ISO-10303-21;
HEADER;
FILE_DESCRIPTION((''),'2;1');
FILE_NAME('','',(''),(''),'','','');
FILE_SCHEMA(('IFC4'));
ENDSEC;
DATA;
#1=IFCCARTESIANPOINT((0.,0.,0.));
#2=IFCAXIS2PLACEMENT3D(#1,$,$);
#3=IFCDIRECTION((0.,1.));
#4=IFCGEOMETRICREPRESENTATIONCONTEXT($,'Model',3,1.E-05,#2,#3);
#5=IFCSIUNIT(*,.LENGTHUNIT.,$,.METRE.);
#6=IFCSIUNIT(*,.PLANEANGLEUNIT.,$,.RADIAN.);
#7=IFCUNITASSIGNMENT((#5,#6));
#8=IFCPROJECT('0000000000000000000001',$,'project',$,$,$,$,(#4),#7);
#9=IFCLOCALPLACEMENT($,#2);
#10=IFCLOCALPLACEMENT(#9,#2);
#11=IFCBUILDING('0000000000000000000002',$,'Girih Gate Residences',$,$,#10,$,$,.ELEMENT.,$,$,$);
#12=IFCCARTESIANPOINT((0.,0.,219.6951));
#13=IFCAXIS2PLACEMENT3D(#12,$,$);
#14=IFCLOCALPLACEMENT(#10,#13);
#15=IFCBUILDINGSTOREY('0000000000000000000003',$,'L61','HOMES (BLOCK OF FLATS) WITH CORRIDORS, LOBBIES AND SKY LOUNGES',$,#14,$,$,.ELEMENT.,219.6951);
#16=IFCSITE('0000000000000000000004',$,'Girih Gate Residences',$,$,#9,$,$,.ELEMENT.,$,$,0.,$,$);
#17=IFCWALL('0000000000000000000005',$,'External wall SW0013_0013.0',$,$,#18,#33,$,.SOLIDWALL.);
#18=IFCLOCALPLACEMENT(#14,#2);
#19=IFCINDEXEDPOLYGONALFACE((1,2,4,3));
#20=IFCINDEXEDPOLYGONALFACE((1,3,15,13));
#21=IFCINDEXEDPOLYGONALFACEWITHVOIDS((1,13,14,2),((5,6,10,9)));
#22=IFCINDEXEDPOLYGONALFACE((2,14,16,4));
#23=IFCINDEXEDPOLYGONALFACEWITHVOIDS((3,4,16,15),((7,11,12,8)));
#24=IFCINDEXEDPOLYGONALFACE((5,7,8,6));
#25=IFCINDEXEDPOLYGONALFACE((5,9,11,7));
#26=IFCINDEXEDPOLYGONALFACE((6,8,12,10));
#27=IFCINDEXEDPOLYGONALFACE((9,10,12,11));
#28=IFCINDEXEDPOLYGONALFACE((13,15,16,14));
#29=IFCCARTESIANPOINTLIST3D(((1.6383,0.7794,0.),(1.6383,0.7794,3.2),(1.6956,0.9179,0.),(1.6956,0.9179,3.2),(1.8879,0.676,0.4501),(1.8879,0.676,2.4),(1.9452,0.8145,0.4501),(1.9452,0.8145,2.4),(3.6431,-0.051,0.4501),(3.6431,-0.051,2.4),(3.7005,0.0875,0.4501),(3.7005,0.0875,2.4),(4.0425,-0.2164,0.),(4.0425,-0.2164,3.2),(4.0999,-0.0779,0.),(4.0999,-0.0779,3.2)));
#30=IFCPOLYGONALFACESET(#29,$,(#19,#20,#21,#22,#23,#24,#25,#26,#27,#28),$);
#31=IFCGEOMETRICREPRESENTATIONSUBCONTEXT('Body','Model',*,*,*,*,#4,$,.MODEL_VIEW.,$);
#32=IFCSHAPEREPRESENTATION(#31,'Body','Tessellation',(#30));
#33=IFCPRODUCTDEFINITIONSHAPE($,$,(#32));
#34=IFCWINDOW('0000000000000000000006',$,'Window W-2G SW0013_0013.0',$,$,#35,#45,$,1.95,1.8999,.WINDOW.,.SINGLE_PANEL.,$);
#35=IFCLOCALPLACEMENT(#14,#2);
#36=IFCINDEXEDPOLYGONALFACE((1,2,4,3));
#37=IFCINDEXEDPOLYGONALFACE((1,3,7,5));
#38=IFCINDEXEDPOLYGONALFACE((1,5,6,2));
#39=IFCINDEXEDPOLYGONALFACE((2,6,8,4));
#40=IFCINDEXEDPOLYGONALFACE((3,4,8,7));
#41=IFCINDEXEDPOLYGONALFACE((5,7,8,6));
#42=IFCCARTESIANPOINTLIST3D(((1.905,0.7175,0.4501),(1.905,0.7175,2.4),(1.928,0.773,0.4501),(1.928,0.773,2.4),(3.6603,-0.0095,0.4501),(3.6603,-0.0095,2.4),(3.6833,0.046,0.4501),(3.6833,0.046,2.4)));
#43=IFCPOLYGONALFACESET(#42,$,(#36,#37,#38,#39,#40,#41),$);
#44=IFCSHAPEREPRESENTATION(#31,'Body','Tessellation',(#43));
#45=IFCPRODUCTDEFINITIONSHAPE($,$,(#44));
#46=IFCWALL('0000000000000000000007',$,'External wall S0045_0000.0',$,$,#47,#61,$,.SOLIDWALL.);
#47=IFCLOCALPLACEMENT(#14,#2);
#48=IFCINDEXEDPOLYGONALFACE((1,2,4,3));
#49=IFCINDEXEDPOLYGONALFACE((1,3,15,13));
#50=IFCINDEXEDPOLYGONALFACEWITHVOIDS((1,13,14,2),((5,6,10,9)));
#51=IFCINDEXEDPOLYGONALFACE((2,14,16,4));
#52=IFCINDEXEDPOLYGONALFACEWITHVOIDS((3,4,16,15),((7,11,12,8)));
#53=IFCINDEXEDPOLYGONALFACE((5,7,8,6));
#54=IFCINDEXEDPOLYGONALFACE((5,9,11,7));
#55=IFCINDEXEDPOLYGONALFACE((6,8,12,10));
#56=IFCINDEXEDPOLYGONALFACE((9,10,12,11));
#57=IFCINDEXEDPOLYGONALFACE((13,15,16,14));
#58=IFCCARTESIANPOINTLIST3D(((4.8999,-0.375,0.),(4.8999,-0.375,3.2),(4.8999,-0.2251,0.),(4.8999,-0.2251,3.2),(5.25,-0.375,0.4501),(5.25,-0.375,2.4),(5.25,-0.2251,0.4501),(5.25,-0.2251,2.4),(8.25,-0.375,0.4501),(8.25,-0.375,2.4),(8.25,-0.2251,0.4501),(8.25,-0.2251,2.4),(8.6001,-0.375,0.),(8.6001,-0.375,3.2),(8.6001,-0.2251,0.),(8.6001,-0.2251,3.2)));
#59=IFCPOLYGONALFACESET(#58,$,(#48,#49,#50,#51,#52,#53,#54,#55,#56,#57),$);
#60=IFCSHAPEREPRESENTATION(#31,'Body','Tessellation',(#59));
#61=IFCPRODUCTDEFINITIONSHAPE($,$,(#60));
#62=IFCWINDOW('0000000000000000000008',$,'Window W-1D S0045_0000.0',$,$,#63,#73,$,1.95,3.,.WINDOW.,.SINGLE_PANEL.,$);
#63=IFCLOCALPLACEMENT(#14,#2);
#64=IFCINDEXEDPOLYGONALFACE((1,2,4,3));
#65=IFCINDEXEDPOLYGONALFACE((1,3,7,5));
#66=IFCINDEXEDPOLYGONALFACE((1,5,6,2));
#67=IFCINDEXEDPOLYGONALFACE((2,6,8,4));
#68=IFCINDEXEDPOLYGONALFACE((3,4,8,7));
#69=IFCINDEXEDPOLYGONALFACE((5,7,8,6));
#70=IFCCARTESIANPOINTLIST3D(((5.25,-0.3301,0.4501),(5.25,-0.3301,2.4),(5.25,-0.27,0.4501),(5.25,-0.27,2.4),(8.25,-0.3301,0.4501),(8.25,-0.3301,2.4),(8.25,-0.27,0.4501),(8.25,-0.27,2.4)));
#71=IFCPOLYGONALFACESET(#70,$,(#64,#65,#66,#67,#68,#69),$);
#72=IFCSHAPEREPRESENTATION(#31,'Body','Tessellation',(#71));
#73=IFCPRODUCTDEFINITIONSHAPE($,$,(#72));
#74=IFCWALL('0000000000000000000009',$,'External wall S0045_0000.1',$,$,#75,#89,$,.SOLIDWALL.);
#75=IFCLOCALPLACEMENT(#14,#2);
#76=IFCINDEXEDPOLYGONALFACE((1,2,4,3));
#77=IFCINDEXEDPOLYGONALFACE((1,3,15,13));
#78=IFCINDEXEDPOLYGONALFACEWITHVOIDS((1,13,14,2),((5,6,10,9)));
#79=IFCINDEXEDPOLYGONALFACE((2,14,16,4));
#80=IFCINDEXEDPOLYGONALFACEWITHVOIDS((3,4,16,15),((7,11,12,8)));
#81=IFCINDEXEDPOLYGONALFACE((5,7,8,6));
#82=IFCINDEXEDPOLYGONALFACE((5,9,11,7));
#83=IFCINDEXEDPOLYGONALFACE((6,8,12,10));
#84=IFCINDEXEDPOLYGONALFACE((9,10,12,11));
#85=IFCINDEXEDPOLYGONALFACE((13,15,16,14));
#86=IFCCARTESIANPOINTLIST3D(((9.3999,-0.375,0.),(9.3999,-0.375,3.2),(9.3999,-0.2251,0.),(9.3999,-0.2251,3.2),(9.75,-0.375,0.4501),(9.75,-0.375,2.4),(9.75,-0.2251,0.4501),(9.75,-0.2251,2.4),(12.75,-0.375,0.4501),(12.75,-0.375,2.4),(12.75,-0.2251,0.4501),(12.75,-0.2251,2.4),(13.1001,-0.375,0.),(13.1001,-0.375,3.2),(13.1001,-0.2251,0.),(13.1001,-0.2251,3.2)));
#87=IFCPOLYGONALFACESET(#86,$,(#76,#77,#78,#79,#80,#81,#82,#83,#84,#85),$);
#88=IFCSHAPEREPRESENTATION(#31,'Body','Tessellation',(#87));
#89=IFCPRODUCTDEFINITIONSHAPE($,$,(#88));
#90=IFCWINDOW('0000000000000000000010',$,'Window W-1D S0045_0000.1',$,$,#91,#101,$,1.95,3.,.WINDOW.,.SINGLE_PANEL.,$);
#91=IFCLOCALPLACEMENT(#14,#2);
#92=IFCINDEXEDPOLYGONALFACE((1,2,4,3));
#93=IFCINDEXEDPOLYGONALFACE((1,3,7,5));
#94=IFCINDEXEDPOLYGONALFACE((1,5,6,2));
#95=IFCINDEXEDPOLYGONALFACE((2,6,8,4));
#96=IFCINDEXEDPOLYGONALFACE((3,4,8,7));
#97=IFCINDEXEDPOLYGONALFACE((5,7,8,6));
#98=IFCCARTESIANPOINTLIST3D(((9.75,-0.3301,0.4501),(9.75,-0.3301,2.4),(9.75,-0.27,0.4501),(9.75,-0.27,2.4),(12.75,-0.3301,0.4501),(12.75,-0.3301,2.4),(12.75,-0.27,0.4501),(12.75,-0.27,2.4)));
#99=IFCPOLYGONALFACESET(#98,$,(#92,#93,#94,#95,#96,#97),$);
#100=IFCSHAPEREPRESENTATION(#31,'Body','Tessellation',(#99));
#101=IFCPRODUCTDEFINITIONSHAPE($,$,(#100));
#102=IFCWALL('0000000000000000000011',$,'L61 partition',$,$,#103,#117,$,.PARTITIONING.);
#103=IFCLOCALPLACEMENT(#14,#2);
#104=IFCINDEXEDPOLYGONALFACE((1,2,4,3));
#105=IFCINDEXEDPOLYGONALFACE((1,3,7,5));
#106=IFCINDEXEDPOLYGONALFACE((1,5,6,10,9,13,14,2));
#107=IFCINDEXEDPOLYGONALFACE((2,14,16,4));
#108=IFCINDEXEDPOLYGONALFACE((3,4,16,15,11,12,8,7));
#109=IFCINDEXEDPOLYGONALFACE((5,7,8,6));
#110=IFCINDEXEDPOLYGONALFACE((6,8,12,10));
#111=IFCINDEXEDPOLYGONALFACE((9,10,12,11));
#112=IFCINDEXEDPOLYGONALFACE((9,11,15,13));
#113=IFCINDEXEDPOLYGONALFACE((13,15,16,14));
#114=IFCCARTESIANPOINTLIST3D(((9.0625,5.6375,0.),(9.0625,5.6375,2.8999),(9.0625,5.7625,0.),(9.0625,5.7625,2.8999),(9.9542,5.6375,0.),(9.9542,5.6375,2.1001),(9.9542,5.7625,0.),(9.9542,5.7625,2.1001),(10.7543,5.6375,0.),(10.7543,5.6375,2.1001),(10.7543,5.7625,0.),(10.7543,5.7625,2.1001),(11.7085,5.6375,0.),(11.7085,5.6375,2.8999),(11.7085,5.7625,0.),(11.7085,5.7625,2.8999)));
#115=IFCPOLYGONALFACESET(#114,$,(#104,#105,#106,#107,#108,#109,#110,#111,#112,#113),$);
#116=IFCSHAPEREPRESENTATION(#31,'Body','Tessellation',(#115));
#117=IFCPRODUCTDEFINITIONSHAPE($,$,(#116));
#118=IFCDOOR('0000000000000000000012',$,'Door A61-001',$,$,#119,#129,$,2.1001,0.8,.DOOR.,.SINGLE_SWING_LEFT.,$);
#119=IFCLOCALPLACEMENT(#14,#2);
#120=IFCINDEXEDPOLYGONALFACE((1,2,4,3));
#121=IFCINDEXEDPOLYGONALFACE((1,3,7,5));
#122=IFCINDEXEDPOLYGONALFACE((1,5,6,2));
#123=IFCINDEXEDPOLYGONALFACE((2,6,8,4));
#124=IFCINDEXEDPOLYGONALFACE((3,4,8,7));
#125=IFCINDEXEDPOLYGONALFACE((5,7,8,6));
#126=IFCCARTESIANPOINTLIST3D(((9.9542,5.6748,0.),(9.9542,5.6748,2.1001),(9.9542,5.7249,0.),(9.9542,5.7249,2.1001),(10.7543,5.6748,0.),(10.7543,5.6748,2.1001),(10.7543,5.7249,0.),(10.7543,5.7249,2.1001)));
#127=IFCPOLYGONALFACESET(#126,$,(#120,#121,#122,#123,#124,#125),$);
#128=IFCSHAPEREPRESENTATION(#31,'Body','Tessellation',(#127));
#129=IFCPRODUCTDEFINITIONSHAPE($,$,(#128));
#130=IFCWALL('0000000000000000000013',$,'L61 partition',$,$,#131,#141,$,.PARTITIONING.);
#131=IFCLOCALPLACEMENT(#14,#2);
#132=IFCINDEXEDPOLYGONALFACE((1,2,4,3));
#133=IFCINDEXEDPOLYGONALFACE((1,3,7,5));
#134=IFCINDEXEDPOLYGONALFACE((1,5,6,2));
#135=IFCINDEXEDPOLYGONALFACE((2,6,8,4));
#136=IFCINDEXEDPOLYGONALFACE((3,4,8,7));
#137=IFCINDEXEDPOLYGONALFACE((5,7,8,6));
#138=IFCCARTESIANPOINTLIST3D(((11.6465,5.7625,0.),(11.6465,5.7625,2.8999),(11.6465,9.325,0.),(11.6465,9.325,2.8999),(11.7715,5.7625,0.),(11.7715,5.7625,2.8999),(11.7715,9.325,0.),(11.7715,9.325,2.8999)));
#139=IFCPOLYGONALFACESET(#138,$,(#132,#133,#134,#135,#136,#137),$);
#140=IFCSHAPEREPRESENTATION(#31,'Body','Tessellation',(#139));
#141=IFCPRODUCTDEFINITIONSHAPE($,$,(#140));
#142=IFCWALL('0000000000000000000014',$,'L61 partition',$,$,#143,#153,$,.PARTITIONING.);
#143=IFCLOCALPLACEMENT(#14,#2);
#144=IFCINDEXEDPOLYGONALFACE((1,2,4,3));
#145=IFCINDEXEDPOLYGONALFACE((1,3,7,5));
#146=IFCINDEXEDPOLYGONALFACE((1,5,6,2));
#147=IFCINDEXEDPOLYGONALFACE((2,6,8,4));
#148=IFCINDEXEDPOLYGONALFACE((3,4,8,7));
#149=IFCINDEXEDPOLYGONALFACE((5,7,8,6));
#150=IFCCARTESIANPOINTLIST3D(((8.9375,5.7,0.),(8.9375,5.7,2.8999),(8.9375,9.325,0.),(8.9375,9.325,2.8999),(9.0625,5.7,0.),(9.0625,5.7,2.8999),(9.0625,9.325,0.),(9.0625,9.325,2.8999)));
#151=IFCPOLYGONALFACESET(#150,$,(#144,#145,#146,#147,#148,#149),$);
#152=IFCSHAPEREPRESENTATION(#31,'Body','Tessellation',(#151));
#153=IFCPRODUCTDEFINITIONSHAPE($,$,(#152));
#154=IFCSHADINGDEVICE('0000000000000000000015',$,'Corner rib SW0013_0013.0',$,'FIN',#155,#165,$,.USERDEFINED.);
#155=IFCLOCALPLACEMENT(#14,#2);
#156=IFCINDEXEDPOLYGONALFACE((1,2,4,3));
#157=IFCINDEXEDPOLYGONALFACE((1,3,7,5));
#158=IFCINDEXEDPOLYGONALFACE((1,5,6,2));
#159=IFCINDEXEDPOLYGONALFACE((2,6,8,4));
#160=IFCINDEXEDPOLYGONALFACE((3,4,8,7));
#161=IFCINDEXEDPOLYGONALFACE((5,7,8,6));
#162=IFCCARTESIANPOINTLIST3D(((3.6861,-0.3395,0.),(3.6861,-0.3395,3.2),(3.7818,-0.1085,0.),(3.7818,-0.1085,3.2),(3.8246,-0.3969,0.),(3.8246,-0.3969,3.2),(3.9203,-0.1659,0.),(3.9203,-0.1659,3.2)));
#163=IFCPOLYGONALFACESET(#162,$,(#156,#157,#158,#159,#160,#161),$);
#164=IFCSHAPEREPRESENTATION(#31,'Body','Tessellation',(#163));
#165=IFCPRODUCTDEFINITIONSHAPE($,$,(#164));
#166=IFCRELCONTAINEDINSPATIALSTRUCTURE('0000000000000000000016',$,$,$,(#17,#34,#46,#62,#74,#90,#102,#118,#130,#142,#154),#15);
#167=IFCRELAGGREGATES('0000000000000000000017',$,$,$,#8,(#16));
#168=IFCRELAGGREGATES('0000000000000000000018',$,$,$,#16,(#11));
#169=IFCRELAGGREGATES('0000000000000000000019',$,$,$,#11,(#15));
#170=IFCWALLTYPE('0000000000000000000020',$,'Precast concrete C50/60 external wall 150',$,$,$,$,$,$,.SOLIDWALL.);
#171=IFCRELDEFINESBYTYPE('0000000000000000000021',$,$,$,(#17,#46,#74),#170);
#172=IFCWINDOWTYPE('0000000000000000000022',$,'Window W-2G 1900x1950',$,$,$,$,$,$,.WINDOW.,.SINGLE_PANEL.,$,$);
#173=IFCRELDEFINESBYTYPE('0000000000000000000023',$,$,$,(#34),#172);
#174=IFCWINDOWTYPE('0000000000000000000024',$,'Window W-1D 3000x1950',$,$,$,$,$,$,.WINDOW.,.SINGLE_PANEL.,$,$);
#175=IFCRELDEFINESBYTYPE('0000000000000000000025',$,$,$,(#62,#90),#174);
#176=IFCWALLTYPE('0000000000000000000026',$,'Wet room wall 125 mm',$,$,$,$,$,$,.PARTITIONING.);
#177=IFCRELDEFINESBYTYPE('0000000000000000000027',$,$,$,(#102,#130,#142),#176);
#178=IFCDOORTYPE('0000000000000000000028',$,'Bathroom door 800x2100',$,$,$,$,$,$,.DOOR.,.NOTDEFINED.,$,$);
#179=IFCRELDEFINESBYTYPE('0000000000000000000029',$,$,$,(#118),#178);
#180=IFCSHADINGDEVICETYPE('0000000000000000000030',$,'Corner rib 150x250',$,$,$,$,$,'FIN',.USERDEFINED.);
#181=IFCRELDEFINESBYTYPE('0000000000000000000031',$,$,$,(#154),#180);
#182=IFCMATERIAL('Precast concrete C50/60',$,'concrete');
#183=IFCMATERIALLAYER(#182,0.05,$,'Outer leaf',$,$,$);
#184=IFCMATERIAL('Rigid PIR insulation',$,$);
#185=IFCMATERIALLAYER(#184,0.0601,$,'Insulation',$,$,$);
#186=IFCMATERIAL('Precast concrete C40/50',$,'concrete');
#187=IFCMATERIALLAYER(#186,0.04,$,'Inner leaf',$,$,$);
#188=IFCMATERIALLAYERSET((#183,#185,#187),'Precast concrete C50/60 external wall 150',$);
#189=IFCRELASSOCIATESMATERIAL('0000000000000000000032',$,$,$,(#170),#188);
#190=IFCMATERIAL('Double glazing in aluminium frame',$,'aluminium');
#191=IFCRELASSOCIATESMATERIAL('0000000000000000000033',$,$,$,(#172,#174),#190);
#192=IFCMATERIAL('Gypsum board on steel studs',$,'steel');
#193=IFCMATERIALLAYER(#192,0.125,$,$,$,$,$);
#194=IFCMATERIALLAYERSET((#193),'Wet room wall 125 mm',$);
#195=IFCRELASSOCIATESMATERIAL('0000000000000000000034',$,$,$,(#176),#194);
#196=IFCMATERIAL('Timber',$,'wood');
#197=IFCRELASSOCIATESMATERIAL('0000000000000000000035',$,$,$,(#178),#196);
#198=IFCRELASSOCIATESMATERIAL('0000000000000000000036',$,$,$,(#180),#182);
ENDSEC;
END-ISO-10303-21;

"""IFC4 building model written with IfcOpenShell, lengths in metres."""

from ifc_helpers import new_model, si_unit, direction, frame, frame_2d, origin, origin_2d, place, context, subcontext, project, spatial, rectangle, extrude, material, layer, layer_set, type_object, element, fill, save


model = new_model("IFC4")

# Units and contexts
model_context = context("Model", 3, precision=1e-05, world=origin(), true_north=direction((0.0, 1.0)))
body_context = subcontext(model_context, "Body", "Model", "MODEL_VIEW")
ifc_project = project(units=[si_unit("LENGTHUNIT", "METRE"), si_unit("PLANEANGLEUNIT", "RADIAN")], contexts=[model_context])

# Site, building, storey
site_placement = place(None, origin())
site = spatial("IfcSite", under=ifc_project, at=site_placement, Name="Girih Gate Residences", CompositionType="ELEMENT", RefElevation=0.0)
building_placement = place(site_placement, origin())
building = spatial("IfcBuilding", under=site, at=building_placement, Name="Girih Gate Residences", CompositionType="ELEMENT")
storey_placement = place(building_placement, frame((0.0, 0.0, 219.6951)))
storey = spatial("IfcBuildingStorey", under=building, at=storey_placement, Name="L61", Description="HOMES (BLOCK OF FLATS) WITH CORRIDORS, LOBBIES AND SKY LOUNGES", CompositionType="ELEMENT", Elevation=219.6951)

# Shared definitions
ifc_material_1 = material(Name="Gypsum board on steel studs", Category="steel")

# Shared definitions
ifc_material_2 = material(Name="Timber", Category="wood")

# Walls, openings, windows
ifc_material_3 = material(Name="Precast concrete C50/60", Category="concrete")
ifc_layer_1 = layer(ifc_material_3, 0.05, Name="Outer leaf")
ifc_material_4 = material(Name="Rigid PIR insulation")
ifc_layer_2 = layer(ifc_material_4, 0.0601, Name="Insulation")
ifc_material_5 = material(Name="Precast concrete C40/50", Category="concrete")
ifc_layer_3 = layer(ifc_material_5, 0.04, Name="Inner leaf")
ifc_layer_set_1 = layer_set([ifc_layer_1, ifc_layer_2, ifc_layer_3], Name="Precast concrete C50/60 external wall 150")
wall_type_1 = type_object("IfcWallType", Name="Precast concrete C50/60 external wall 150", PredefinedType="SOLIDWALL", material=ifc_layer_set_1)
wall_1_placement = place(storey_placement, frame((4.0713, -0.1472, 0.0), z_axis=(0.0, 0.0, 1.0), x_axis=(-0.923885, 0.382669, 0.0)))
wall_1 = element("IfcWall", 1, at=wall_1_placement, inside=storey, type_object=wall_type_1, Name="External wall SW0013_0013.0", PredefinedType="SOLIDWALL", context=body_context, shape_type="SweptSolid", body=[
    extrude(rectangle(XDim=2.6023, YDim=0.1499, at=frame_2d((1.3013, 0.0))), origin(), (0.0, 0.0, 1.0), 3.2),
])
opening_1_placement = place(wall_1_placement, frame((0.4324, 0.0, 0.45)))
opening_1 = element("IfcOpeningElement", 2, at=opening_1_placement, cuts=wall_1, PredefinedType="OPENING", context=body_context, shape_type="SweptSolid", body=[
    extrude(rectangle(XDim=1.8999, YDim=1.95, at=frame_2d((0.95, 0.9751))), frame((0.0, 0.085, 0.0), z_axis=(0.0, -1.0, 0.0), x_axis=(1.0, 0.0, 0.0)), (0.0, 0.0, 1.0), 0.1699),
])
ifc_material_6 = material(Name="Double glazing in aluminium frame", Category="aluminium")
window_type_1 = type_object("IfcWindowType", Name="Window W-2G 1900x1950", PartitioningType="SINGLE_PANEL", PredefinedType="WINDOW", material=ifc_material_6)
window_1_placement = place(opening_1_placement, origin())
window_1 = element("IfcWindow", 3, at=window_1_placement, inside=storey, type_object=window_type_1, Name="Window W-2G SW0013_0013.0", OverallHeight=1.95, OverallWidth=1.8999, PartitioningType="SINGLE_PANEL", PredefinedType="WINDOW", context=body_context, shape_type="SweptSolid", body=[
    extrude(rectangle(XDim=1.8999, YDim=1.95, at=frame_2d((0.95, 0.9751))), frame((0.0, 0.03, 0.0), z_axis=(0.0, -1.0, 0.0), x_axis=(1.0, 0.0, 0.0)), (0.0, 0.0, 1.0), 0.0601),
])
fill(opening_1, window_1)
wall_2_placement = place(storey_placement, frame((8.6001, -0.3, 0.0), z_axis=(0.0, 0.0, 1.0), x_axis=(-1.0, 0.0, 0.0)))
wall_2 = element("IfcWall", 4, at=wall_2_placement, inside=storey, type_object=wall_type_1, Name="External wall S0045_0000.0", PredefinedType="SOLIDWALL", context=body_context, shape_type="SweptSolid", body=[
    extrude(rectangle(XDim=3.7002, YDim=0.1499, at=frame_2d((1.8501, 0.0))), origin(), (0.0, 0.0, 1.0), 3.2),
])
opening_2_placement = place(wall_2_placement, frame((0.3501, 0.0, 0.45)))
opening_2 = element("IfcOpeningElement", 5, at=opening_2_placement, cuts=wall_2, PredefinedType="OPENING", context=body_context, shape_type="SweptSolid", body=[
    extrude(rectangle(XDim=3.0, YDim=1.95, at=frame_2d((1.5, 0.9751))), frame((0.0, 0.085, 0.0), z_axis=(0.0, -1.0, 0.0), x_axis=(1.0, 0.0, 0.0)), (0.0, 0.0, 1.0), 0.1699),
])
window_type_2 = type_object("IfcWindowType", Name="Window W-1D 3000x1950", PartitioningType="SINGLE_PANEL", PredefinedType="WINDOW", material=ifc_material_6)
window_2_placement = place(opening_2_placement, origin())
window_2 = element("IfcWindow", 6, at=window_2_placement, inside=storey, type_object=window_type_2, Name="Window W-1D S0045_0000.0", OverallHeight=1.95, OverallWidth=3.0, PartitioningType="SINGLE_PANEL", PredefinedType="WINDOW", context=body_context, shape_type="SweptSolid", body=[
    extrude(rectangle(XDim=3.0, YDim=1.95, at=frame_2d((1.5, 0.9751))), frame((0.0, 0.03, 0.0), z_axis=(0.0, -1.0, 0.0), x_axis=(1.0, 0.0, 0.0)), (0.0, 0.0, 1.0), 0.0601),
])
fill(opening_2, window_2)
wall_3_placement = place(storey_placement, frame((13.1001, -0.3, 0.0), z_axis=(0.0, 0.0, 1.0), x_axis=(-1.0, 0.0, 0.0)))
wall_3 = element("IfcWall", 7, at=wall_3_placement, inside=storey, type_object=wall_type_1, Name="External wall S0045_0000.1", PredefinedType="SOLIDWALL", context=body_context, shape_type="SweptSolid", body=[
    extrude(rectangle(XDim=3.7002, YDim=0.1499, at=frame_2d((1.8501, 0.0))), origin(), (0.0, 0.0, 1.0), 3.2),
])
opening_3_placement = place(wall_3_placement, frame((0.3501, 0.0, 0.45)))
opening_3 = element("IfcOpeningElement", 8, at=opening_3_placement, cuts=wall_3, PredefinedType="OPENING", context=body_context, shape_type="SweptSolid", body=[
    extrude(rectangle(XDim=3.0, YDim=1.95, at=frame_2d((1.5, 0.9751))), frame((0.0, 0.085, 0.0), z_axis=(0.0, -1.0, 0.0), x_axis=(1.0, 0.0, 0.0)), (0.0, 0.0, 1.0), 0.1699),
])
window_3_placement = place(opening_3_placement, origin())
window_3 = element("IfcWindow", 9, at=window_3_placement, inside=storey, type_object=window_type_2, Name="Window W-1D S0045_0000.1", OverallHeight=1.95, OverallWidth=3.0, PartitioningType="SINGLE_PANEL", PredefinedType="WINDOW", context=body_context, shape_type="SweptSolid", body=[
    extrude(rectangle(XDim=3.0, YDim=1.95, at=frame_2d((1.5, 0.9751))), frame((0.0, 0.03, 0.0), z_axis=(0.0, -1.0, 0.0), x_axis=(1.0, 0.0, 0.0)), (0.0, 0.0, 1.0), 0.0601),
])
fill(opening_3, window_3)

# Wall, opening, door
ifc_layer_4 = layer(ifc_material_1, 0.125)
ifc_layer_set_2 = layer_set([ifc_layer_4], Name="Wet room wall 125 mm")
wall_type_2 = type_object("IfcWallType", Name="Wet room wall 125 mm", PredefinedType="PARTITIONING", material=ifc_layer_set_2)
wall_4_placement = place(storey_placement, frame((9.0625, 5.7, 0.0), z_axis=(0.0, 0.0, 1.0), x_axis=(1.0, 0.0, 0.0)))
wall_4 = element("IfcWall", 10, at=wall_4_placement, inside=storey, type_object=wall_type_2, Name="L61 partition", PredefinedType="PARTITIONING", context=body_context, shape_type="SweptSolid", body=[
    extrude(rectangle(XDim=2.646, YDim=0.125, at=frame_2d((1.323, 0.0))), origin(), (0.0, 0.0, 1.0), 2.8999),
])
opening_4_placement = place(wall_4_placement, frame((0.8918, 0.0, 0.0)))
opening_4 = element("IfcOpeningElement", 11, at=opening_4_placement, cuts=wall_4, PredefinedType="OPENING", context=body_context, shape_type="SweptSolid", body=[
    extrude(rectangle(XDim=0.8, YDim=2.1001, at=frame_2d((0.3999, 1.05))), frame((0.0, 0.0725, 0.0), z_axis=(0.0, -1.0, 0.0), x_axis=(1.0, 0.0, 0.0)), (0.0, 0.0, 1.0), 0.145),
])
door_type_1 = type_object("IfcDoorType", Name="Bathroom door 800x2100", OperationType="NOTDEFINED", PredefinedType="DOOR", material=ifc_material_2)
door_1_placement = place(opening_4_placement, origin())
door_1 = element("IfcDoor", 12, at=door_1_placement, inside=storey, type_object=door_type_1, Name="Door A61-001", OperationType="SINGLE_SWING_LEFT", OverallHeight=2.1001, OverallWidth=0.8, PredefinedType="DOOR", context=body_context, shape_type="SweptSolid", body=[
    extrude(rectangle(XDim=0.8, YDim=2.1001, at=frame_2d((0.3999, 1.05))), frame((0.0, 0.0249, 0.0), z_axis=(0.0, -1.0, 0.0), x_axis=(1.0, 0.0, 0.0)), (0.0, 0.0, 1.0), 0.05),
])
fill(opening_4, door_1)

# Walls
wall_5_placement = place(storey_placement, frame((11.709, 5.7625, 0.0), z_axis=(0.0, 0.0, 1.0), x_axis=(0.0, 1.0, 0.0)))
element("IfcWall", 13, at=wall_5_placement, inside=storey, type_object=wall_type_2, Name="L61 partition", PredefinedType="PARTITIONING", context=body_context, shape_type="SweptSolid", body=[
    extrude(rectangle(XDim=3.5625, YDim=0.125, at=frame_2d((1.7812, 0.0))), origin(), (0.0, 0.0, 1.0), 2.8999),
])
wall_6_placement = place(storey_placement, frame((9.0, 5.7, 0.0), z_axis=(0.0, 0.0, 1.0), x_axis=(0.0, 1.0, 0.0)))
element("IfcWall", 14, at=wall_6_placement, inside=storey, type_object=wall_type_2, Name="L61 partition", PredefinedType="PARTITIONING", context=body_context, shape_type="SweptSolid", body=[
    extrude(rectangle(XDim=3.625, YDim=0.125, at=frame_2d((1.8125, 0.0))), origin(), (0.0, 0.0, 1.0), 2.8999),
])

# Shading device
shading_device_type = type_object("IfcShadingDeviceType", Name="Corner rib 150x250", ElementType="FIN", PredefinedType="USERDEFINED", material=ifc_material_3)
shading_device_placement = place(storey_placement, frame((3.8032, -0.2527, 0.0), z_axis=(0.0, 0.0, 1.0), x_axis=(0.92388, -0.382683, 0.0)))
element("IfcShadingDevice", 15, at=shading_device_placement, inside=storey, type_object=shading_device_type, Name="Corner rib SW0013_0013.0", ObjectType="FIN", PredefinedType="USERDEFINED", context=body_context, shape_type="SweptSolid", body=[
    extrude(rectangle(XDim=0.1499, YDim=0.25, at=origin_2d()), origin(), (0.0, 0.0, 1.0), 3.2),
])

save(model, "model.ifc")
